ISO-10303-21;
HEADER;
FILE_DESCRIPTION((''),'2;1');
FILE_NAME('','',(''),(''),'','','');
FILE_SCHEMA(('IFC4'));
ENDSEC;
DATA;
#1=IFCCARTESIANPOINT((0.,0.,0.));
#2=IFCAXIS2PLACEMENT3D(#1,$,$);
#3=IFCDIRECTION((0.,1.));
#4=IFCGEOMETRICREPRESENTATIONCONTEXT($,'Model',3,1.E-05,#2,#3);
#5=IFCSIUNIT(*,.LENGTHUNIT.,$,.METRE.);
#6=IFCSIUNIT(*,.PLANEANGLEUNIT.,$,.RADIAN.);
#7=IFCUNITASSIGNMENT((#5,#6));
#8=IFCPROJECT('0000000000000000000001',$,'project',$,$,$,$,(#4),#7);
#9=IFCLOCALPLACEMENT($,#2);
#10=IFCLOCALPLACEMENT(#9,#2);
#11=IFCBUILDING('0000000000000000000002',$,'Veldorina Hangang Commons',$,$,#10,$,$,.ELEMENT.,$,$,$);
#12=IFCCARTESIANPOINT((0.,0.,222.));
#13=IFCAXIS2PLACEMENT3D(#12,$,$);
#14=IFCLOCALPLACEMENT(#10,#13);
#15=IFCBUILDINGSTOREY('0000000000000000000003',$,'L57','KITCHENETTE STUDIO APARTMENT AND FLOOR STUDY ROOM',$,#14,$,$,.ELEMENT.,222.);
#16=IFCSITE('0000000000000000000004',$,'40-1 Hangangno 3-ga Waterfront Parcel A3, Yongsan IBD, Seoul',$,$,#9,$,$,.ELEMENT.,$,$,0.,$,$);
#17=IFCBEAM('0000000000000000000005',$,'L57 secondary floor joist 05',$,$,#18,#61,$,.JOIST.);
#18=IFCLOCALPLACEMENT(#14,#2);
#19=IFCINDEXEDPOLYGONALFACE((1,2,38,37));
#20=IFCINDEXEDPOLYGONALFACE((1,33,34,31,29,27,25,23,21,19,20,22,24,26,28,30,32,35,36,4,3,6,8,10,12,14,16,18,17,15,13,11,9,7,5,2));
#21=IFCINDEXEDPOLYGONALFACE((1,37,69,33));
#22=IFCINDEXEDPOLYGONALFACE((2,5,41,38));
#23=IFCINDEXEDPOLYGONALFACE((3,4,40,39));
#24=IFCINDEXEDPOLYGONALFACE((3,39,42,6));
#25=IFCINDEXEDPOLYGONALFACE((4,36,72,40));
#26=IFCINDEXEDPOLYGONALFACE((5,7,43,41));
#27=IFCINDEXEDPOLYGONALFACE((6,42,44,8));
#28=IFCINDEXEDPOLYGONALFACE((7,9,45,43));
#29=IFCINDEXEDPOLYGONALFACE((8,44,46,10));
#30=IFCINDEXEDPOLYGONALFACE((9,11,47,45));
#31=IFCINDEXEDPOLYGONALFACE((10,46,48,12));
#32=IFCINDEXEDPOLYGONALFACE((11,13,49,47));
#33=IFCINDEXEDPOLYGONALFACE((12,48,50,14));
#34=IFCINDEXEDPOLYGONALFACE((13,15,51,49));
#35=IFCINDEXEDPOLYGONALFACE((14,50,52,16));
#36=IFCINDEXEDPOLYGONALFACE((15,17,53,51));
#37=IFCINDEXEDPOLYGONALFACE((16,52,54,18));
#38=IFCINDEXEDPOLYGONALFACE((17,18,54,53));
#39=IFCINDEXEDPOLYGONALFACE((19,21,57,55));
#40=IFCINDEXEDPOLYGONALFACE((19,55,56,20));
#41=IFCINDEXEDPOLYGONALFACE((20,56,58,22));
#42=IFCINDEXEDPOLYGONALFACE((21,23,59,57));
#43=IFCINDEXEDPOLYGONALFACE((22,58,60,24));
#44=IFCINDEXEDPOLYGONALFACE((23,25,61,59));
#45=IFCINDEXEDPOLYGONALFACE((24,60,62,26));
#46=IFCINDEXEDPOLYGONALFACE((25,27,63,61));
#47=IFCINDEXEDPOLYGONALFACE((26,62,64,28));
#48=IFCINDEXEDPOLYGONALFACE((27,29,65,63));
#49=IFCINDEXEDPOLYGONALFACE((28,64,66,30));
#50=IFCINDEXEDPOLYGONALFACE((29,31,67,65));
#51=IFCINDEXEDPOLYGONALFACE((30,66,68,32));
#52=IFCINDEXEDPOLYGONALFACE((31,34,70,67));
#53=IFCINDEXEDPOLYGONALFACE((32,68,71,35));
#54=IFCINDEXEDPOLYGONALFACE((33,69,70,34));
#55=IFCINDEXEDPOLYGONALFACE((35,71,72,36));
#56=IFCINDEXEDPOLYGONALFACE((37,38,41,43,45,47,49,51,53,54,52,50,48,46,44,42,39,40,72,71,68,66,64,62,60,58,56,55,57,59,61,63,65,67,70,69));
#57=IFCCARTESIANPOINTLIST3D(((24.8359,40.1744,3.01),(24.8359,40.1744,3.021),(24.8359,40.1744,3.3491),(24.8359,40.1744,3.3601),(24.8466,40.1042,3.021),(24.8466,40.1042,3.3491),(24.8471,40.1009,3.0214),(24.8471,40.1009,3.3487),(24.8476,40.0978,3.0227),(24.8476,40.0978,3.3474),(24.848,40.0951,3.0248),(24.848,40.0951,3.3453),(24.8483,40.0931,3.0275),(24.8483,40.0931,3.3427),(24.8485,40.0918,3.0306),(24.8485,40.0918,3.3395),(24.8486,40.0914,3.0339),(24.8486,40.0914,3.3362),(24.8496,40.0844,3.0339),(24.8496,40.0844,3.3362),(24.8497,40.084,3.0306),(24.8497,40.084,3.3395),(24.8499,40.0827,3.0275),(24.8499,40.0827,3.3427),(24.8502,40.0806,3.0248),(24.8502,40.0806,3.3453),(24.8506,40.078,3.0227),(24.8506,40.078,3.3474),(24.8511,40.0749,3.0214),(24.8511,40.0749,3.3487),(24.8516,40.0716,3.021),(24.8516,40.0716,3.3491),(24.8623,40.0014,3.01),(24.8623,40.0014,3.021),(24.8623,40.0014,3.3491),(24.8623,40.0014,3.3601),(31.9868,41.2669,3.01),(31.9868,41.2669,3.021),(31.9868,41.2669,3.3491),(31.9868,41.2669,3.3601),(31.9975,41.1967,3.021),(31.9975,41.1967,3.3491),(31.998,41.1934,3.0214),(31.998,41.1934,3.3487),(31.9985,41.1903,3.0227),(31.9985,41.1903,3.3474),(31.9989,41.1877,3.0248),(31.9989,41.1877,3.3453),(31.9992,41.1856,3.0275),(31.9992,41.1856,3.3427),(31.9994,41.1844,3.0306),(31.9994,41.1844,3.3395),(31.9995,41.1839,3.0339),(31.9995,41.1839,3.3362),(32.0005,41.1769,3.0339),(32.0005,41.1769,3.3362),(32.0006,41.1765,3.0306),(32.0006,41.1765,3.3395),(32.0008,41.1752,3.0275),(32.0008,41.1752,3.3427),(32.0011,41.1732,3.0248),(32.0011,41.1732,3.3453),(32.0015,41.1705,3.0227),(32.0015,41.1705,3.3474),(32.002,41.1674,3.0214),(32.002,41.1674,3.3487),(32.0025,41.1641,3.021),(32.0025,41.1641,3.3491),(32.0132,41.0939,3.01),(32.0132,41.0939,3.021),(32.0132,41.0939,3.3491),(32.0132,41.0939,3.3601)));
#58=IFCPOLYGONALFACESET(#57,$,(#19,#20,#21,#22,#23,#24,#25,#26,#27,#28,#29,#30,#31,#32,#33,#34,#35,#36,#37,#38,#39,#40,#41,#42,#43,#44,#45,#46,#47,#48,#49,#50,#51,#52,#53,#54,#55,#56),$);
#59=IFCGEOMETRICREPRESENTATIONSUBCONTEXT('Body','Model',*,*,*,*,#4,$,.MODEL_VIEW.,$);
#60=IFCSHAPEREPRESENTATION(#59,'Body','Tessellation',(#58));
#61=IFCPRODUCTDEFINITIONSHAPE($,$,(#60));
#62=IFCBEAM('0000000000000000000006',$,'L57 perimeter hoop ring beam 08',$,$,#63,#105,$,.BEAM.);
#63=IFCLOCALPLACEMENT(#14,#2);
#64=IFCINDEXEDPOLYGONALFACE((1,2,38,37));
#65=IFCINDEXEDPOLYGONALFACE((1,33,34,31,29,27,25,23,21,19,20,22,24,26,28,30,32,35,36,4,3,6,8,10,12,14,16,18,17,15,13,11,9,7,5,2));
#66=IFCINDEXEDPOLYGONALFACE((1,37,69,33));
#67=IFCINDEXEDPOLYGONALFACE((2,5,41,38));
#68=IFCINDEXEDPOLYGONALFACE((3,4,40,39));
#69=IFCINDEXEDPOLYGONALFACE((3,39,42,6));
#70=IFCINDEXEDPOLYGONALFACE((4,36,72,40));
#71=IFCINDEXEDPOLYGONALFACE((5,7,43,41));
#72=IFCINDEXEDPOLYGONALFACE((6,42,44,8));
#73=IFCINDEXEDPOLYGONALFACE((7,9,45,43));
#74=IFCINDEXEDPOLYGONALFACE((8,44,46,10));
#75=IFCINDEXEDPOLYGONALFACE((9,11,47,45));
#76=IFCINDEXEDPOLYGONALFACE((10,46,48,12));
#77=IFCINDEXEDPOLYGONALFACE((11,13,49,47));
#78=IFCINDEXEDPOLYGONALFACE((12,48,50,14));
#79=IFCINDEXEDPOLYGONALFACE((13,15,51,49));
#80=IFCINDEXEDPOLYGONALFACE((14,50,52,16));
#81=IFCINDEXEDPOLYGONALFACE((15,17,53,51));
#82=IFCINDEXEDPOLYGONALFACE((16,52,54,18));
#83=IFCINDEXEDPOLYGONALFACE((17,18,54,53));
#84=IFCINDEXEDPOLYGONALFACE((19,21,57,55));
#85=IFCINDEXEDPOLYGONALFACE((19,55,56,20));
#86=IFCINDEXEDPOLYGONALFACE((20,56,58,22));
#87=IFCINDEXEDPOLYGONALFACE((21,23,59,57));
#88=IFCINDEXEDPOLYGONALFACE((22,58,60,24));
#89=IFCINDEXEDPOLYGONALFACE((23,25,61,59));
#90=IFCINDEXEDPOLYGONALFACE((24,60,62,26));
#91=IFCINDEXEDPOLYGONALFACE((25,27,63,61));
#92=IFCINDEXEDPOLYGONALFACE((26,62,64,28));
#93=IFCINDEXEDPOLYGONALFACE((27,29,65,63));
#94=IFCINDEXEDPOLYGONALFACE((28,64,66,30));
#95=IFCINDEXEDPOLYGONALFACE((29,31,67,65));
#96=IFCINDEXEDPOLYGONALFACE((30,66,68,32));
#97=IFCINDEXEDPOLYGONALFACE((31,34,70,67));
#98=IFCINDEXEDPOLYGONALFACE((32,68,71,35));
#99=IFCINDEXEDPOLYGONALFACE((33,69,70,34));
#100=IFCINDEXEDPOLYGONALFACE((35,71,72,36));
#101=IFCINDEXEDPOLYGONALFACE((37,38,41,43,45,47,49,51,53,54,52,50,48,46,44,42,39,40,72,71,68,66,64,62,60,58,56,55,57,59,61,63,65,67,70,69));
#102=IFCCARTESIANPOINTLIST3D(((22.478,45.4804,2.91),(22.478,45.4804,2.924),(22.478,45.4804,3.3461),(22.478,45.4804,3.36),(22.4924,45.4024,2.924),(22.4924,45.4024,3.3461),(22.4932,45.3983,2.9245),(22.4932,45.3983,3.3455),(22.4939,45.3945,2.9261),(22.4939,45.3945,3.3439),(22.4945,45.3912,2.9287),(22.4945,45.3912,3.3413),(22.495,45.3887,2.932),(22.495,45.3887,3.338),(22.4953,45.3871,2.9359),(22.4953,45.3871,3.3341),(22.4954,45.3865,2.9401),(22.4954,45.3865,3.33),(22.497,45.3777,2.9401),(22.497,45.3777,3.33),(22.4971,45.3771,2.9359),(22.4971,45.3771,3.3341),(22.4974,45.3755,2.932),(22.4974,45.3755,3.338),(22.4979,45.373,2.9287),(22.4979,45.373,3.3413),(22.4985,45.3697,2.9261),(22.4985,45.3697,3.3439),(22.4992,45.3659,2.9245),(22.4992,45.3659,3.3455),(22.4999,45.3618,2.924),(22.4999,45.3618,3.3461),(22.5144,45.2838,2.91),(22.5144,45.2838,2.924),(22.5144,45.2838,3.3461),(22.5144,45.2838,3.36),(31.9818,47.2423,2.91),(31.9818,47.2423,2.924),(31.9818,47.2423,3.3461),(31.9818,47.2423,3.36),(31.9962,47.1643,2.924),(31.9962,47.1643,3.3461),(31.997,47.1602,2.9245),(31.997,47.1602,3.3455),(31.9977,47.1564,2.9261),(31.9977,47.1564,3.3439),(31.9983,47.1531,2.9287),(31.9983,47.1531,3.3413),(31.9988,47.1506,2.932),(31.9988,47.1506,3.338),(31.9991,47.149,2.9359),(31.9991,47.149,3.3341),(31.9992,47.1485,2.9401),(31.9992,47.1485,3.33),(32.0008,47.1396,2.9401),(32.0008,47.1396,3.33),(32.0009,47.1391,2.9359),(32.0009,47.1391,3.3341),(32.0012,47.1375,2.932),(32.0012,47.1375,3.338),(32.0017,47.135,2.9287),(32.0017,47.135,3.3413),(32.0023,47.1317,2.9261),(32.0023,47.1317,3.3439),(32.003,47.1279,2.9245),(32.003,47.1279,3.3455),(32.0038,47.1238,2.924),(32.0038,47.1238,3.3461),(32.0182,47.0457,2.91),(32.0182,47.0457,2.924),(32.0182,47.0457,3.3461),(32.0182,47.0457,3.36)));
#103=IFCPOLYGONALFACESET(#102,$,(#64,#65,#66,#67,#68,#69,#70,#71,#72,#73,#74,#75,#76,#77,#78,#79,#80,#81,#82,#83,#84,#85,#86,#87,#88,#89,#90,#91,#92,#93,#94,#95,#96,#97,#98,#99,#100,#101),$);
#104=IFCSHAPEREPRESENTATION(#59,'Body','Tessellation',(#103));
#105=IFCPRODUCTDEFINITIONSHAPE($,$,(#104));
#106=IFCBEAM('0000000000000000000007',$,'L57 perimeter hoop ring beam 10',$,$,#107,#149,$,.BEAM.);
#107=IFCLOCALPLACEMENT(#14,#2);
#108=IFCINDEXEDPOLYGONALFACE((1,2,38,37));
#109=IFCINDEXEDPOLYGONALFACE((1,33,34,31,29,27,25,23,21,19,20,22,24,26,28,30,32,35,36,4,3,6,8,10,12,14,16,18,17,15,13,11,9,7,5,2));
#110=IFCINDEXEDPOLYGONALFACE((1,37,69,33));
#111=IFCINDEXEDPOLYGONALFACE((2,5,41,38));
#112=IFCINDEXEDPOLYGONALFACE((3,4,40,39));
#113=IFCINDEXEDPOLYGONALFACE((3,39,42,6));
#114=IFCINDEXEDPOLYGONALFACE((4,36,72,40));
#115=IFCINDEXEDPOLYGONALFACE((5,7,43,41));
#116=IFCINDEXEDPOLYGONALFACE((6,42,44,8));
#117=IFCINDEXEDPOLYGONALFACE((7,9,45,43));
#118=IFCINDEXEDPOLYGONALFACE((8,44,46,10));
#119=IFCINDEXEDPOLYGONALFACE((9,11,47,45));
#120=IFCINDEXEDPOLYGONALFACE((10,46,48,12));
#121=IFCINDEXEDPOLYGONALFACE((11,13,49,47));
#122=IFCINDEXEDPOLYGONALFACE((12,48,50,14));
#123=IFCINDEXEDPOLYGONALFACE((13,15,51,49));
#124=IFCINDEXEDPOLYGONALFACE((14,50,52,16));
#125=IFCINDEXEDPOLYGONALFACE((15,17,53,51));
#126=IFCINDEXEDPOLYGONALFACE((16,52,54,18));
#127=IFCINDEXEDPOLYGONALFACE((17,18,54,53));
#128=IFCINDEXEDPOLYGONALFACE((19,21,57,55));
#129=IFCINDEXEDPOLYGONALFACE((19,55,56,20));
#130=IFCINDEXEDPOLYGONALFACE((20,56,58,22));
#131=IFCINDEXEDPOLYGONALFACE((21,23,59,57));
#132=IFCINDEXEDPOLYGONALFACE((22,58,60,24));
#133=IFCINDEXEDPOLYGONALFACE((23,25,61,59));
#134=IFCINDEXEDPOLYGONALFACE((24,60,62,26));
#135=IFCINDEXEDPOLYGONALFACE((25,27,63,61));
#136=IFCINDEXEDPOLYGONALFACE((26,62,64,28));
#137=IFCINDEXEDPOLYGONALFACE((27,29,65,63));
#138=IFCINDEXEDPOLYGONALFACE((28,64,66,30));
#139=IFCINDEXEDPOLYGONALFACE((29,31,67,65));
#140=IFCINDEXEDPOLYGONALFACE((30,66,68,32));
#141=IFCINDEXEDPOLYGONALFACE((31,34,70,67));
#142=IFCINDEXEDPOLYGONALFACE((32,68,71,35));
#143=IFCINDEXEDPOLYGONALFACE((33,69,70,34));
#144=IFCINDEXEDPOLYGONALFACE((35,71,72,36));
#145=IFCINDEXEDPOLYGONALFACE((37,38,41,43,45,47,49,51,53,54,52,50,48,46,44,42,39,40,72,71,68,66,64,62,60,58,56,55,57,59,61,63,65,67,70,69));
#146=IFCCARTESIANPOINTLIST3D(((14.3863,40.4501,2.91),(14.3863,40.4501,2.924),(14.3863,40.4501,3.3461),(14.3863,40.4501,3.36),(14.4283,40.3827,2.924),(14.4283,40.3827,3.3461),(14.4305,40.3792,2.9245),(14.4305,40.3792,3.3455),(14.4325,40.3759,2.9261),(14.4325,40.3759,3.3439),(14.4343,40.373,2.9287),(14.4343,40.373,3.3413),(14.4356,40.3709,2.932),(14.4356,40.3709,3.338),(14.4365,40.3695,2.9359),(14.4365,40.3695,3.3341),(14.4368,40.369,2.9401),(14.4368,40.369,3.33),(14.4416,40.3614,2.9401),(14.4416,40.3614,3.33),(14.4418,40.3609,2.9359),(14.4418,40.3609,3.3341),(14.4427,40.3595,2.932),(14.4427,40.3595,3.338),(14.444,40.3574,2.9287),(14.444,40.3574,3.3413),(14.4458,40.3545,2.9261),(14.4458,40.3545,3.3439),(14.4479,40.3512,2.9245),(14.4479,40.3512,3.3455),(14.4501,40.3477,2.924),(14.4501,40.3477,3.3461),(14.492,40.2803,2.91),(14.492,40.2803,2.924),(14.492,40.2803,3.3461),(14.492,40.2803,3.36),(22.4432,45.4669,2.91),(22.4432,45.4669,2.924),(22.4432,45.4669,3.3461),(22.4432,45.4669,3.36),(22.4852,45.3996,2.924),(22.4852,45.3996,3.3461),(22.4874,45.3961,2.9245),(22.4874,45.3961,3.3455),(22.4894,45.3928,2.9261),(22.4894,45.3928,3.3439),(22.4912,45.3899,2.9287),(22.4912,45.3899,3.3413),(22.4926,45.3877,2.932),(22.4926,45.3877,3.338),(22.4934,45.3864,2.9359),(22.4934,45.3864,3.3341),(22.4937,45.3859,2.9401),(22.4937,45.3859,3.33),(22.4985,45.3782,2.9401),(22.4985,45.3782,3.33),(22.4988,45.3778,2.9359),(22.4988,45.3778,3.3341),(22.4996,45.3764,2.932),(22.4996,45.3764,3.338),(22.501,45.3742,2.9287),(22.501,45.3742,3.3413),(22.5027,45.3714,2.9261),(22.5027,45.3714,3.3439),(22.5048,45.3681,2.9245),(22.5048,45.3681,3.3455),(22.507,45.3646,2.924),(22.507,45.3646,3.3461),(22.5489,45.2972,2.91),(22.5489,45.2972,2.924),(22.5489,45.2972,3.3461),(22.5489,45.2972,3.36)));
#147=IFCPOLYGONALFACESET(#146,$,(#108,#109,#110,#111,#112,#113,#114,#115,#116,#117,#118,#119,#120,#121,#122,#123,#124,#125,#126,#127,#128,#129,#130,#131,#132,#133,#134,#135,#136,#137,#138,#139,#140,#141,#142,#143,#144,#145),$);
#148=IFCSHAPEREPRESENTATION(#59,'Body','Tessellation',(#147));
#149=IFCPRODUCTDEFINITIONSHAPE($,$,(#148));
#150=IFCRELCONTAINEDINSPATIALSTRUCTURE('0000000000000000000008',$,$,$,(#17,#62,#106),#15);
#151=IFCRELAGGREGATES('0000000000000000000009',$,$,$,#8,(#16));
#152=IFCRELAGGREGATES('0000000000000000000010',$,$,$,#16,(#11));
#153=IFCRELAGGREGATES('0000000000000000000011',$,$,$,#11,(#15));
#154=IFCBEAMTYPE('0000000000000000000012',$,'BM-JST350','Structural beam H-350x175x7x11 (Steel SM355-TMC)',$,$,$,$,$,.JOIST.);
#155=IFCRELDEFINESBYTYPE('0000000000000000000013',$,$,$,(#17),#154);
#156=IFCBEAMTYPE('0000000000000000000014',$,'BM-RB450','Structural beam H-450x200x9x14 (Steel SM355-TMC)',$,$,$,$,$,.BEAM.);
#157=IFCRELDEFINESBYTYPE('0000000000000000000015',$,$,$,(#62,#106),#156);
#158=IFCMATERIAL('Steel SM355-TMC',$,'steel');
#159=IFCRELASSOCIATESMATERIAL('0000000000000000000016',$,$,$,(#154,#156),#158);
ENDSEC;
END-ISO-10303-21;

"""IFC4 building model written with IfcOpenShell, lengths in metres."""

from ifc_helpers import new_model, si_unit, direction, frame, origin, origin_2d, place, context, subcontext, project, spatial, i_section, extrude, material, material_profile, profile_set, type_object, element, save


model = new_model("IFC4")

# Units and contexts
model_context = context("Model", 3, precision=1e-05, world=origin(), true_north=direction((0.0, 1.0)))
body_context = subcontext(model_context, "Body", "Model", "MODEL_VIEW")
ifc_project = project(units=[si_unit("LENGTHUNIT", "METRE"), si_unit("PLANEANGLEUNIT", "RADIAN")], contexts=[model_context])

# Site, building, storey
site_placement = place(None, origin())
site = spatial("IfcSite", under=ifc_project, at=site_placement, Name="40-1 Hangangno 3-ga Waterfront Parcel A3, Yongsan IBD, Seoul", CompositionType="ELEMENT", RefElevation=0.0)
building_placement = place(site_placement, origin())
building = spatial("IfcBuilding", under=site, at=building_placement, Name="Veldorina Hangang Commons", CompositionType="ELEMENT")
storey_placement = place(building_placement, frame((0.0, 0.0, 222.0)))
storey = spatial("IfcBuildingStorey", under=building, at=storey_placement, Name="L57", Description="KITCHENETTE STUDIO APARTMENT AND FLOOR STUDY ROOM", CompositionType="ELEMENT", Elevation=222.0)

# Beams
ifc_material_1 = material(Name="Steel SM355-TMC", Category="steel")
ifc_material_profile_1 = material_profile(ifc_material_1, i_section(OverallWidth=0.175, OverallDepth=0.3501, WebThickness=0.0071, FlangeThickness=0.011, FilletRadius=0.0129, at=origin_2d()), Name="H-350x175x7x11")
ifc_profile_set_1 = profile_set([ifc_material_profile_1], Name="Steel SM355-TMC")
beam_type_1 = type_object("IfcBeamType", Name="BM-JST350", Description="Structural beam H-350x175x7x11 (Steel SM355-TMC)", PredefinedType="JOIST", material=ifc_profile_set_1)
beam_1_placement = place(storey_placement, frame((32.0, 41.1804, 3.1851), z_axis=(-0.988529, -0.15103, 0.0), x_axis=(0.15103, -0.988529, 0.0)))
element("IfcBeam", 1, at=beam_1_placement, inside=storey, type_object=beam_type_1, Name="L57 secondary floor joist 05", PredefinedType="JOIST", context=body_context, shape_type="SweptSolid", body=[
    extrude(i_section(OverallWidth=0.175, OverallDepth=0.3501, WebThickness=0.0071, FlangeThickness=0.011, FilletRadius=0.0129, at=origin_2d()), origin(), (0.0, 0.0, 1.0), 7.2339),
])
ifc_material_profile_2 = material_profile(ifc_material_1, i_section(OverallWidth=0.2, OverallDepth=0.45, WebThickness=0.009, FlangeThickness=0.0139, FilletRadius=0.0161, at=origin_2d()), Name="H-450x200x9x14")
ifc_profile_set_2 = profile_set([ifc_material_profile_2], Name="Steel SM355-TMC")
beam_type_2 = type_object("IfcBeamType", Name="BM-RB450", Description="Structural beam H-450x200x9x14 (Steel SM355-TMC)", PredefinedType="BEAM", material=ifc_profile_set_2)
beam_2_placement = place(storey_placement, frame((32.0, 47.144, 3.135), z_axis=(-0.983245, -0.182287, 0.0), x_axis=(0.182287, -0.983245, 0.0)))
element("IfcBeam", 2, at=beam_2_placement, inside=storey, type_object=beam_type_2, Name="L57 perimeter hoop ring beam 08", PredefinedType="BEAM", context=body_context, shape_type="SweptSolid", body=[
    extrude(i_section(OverallWidth=0.2, OverallDepth=0.45, WebThickness=0.009, FlangeThickness=0.0139, FilletRadius=0.0161, at=origin_2d()), origin(), (0.0, 0.0, 1.0), 9.6658),
])
beam_3_placement = place(storey_placement, frame((22.4961, 45.3821, 3.135), z_axis=(-0.848883, -0.528581, 0.0), x_axis=(0.528581, -0.848883, 0.0)))
element("IfcBeam", 3, at=beam_3_placement, inside=storey, type_object=beam_type_2, Name="L57 perimeter hoop ring beam 10", PredefinedType="BEAM", context=body_context, shape_type="SweptSolid", body=[
    extrude(i_section(OverallWidth=0.2, OverallDepth=0.45, WebThickness=0.009, FlangeThickness=0.0139, FilletRadius=0.0161, at=origin_2d()), origin(), (0.0, 0.0, 1.0), 9.4912),
])

save(model, "model.ifc")
